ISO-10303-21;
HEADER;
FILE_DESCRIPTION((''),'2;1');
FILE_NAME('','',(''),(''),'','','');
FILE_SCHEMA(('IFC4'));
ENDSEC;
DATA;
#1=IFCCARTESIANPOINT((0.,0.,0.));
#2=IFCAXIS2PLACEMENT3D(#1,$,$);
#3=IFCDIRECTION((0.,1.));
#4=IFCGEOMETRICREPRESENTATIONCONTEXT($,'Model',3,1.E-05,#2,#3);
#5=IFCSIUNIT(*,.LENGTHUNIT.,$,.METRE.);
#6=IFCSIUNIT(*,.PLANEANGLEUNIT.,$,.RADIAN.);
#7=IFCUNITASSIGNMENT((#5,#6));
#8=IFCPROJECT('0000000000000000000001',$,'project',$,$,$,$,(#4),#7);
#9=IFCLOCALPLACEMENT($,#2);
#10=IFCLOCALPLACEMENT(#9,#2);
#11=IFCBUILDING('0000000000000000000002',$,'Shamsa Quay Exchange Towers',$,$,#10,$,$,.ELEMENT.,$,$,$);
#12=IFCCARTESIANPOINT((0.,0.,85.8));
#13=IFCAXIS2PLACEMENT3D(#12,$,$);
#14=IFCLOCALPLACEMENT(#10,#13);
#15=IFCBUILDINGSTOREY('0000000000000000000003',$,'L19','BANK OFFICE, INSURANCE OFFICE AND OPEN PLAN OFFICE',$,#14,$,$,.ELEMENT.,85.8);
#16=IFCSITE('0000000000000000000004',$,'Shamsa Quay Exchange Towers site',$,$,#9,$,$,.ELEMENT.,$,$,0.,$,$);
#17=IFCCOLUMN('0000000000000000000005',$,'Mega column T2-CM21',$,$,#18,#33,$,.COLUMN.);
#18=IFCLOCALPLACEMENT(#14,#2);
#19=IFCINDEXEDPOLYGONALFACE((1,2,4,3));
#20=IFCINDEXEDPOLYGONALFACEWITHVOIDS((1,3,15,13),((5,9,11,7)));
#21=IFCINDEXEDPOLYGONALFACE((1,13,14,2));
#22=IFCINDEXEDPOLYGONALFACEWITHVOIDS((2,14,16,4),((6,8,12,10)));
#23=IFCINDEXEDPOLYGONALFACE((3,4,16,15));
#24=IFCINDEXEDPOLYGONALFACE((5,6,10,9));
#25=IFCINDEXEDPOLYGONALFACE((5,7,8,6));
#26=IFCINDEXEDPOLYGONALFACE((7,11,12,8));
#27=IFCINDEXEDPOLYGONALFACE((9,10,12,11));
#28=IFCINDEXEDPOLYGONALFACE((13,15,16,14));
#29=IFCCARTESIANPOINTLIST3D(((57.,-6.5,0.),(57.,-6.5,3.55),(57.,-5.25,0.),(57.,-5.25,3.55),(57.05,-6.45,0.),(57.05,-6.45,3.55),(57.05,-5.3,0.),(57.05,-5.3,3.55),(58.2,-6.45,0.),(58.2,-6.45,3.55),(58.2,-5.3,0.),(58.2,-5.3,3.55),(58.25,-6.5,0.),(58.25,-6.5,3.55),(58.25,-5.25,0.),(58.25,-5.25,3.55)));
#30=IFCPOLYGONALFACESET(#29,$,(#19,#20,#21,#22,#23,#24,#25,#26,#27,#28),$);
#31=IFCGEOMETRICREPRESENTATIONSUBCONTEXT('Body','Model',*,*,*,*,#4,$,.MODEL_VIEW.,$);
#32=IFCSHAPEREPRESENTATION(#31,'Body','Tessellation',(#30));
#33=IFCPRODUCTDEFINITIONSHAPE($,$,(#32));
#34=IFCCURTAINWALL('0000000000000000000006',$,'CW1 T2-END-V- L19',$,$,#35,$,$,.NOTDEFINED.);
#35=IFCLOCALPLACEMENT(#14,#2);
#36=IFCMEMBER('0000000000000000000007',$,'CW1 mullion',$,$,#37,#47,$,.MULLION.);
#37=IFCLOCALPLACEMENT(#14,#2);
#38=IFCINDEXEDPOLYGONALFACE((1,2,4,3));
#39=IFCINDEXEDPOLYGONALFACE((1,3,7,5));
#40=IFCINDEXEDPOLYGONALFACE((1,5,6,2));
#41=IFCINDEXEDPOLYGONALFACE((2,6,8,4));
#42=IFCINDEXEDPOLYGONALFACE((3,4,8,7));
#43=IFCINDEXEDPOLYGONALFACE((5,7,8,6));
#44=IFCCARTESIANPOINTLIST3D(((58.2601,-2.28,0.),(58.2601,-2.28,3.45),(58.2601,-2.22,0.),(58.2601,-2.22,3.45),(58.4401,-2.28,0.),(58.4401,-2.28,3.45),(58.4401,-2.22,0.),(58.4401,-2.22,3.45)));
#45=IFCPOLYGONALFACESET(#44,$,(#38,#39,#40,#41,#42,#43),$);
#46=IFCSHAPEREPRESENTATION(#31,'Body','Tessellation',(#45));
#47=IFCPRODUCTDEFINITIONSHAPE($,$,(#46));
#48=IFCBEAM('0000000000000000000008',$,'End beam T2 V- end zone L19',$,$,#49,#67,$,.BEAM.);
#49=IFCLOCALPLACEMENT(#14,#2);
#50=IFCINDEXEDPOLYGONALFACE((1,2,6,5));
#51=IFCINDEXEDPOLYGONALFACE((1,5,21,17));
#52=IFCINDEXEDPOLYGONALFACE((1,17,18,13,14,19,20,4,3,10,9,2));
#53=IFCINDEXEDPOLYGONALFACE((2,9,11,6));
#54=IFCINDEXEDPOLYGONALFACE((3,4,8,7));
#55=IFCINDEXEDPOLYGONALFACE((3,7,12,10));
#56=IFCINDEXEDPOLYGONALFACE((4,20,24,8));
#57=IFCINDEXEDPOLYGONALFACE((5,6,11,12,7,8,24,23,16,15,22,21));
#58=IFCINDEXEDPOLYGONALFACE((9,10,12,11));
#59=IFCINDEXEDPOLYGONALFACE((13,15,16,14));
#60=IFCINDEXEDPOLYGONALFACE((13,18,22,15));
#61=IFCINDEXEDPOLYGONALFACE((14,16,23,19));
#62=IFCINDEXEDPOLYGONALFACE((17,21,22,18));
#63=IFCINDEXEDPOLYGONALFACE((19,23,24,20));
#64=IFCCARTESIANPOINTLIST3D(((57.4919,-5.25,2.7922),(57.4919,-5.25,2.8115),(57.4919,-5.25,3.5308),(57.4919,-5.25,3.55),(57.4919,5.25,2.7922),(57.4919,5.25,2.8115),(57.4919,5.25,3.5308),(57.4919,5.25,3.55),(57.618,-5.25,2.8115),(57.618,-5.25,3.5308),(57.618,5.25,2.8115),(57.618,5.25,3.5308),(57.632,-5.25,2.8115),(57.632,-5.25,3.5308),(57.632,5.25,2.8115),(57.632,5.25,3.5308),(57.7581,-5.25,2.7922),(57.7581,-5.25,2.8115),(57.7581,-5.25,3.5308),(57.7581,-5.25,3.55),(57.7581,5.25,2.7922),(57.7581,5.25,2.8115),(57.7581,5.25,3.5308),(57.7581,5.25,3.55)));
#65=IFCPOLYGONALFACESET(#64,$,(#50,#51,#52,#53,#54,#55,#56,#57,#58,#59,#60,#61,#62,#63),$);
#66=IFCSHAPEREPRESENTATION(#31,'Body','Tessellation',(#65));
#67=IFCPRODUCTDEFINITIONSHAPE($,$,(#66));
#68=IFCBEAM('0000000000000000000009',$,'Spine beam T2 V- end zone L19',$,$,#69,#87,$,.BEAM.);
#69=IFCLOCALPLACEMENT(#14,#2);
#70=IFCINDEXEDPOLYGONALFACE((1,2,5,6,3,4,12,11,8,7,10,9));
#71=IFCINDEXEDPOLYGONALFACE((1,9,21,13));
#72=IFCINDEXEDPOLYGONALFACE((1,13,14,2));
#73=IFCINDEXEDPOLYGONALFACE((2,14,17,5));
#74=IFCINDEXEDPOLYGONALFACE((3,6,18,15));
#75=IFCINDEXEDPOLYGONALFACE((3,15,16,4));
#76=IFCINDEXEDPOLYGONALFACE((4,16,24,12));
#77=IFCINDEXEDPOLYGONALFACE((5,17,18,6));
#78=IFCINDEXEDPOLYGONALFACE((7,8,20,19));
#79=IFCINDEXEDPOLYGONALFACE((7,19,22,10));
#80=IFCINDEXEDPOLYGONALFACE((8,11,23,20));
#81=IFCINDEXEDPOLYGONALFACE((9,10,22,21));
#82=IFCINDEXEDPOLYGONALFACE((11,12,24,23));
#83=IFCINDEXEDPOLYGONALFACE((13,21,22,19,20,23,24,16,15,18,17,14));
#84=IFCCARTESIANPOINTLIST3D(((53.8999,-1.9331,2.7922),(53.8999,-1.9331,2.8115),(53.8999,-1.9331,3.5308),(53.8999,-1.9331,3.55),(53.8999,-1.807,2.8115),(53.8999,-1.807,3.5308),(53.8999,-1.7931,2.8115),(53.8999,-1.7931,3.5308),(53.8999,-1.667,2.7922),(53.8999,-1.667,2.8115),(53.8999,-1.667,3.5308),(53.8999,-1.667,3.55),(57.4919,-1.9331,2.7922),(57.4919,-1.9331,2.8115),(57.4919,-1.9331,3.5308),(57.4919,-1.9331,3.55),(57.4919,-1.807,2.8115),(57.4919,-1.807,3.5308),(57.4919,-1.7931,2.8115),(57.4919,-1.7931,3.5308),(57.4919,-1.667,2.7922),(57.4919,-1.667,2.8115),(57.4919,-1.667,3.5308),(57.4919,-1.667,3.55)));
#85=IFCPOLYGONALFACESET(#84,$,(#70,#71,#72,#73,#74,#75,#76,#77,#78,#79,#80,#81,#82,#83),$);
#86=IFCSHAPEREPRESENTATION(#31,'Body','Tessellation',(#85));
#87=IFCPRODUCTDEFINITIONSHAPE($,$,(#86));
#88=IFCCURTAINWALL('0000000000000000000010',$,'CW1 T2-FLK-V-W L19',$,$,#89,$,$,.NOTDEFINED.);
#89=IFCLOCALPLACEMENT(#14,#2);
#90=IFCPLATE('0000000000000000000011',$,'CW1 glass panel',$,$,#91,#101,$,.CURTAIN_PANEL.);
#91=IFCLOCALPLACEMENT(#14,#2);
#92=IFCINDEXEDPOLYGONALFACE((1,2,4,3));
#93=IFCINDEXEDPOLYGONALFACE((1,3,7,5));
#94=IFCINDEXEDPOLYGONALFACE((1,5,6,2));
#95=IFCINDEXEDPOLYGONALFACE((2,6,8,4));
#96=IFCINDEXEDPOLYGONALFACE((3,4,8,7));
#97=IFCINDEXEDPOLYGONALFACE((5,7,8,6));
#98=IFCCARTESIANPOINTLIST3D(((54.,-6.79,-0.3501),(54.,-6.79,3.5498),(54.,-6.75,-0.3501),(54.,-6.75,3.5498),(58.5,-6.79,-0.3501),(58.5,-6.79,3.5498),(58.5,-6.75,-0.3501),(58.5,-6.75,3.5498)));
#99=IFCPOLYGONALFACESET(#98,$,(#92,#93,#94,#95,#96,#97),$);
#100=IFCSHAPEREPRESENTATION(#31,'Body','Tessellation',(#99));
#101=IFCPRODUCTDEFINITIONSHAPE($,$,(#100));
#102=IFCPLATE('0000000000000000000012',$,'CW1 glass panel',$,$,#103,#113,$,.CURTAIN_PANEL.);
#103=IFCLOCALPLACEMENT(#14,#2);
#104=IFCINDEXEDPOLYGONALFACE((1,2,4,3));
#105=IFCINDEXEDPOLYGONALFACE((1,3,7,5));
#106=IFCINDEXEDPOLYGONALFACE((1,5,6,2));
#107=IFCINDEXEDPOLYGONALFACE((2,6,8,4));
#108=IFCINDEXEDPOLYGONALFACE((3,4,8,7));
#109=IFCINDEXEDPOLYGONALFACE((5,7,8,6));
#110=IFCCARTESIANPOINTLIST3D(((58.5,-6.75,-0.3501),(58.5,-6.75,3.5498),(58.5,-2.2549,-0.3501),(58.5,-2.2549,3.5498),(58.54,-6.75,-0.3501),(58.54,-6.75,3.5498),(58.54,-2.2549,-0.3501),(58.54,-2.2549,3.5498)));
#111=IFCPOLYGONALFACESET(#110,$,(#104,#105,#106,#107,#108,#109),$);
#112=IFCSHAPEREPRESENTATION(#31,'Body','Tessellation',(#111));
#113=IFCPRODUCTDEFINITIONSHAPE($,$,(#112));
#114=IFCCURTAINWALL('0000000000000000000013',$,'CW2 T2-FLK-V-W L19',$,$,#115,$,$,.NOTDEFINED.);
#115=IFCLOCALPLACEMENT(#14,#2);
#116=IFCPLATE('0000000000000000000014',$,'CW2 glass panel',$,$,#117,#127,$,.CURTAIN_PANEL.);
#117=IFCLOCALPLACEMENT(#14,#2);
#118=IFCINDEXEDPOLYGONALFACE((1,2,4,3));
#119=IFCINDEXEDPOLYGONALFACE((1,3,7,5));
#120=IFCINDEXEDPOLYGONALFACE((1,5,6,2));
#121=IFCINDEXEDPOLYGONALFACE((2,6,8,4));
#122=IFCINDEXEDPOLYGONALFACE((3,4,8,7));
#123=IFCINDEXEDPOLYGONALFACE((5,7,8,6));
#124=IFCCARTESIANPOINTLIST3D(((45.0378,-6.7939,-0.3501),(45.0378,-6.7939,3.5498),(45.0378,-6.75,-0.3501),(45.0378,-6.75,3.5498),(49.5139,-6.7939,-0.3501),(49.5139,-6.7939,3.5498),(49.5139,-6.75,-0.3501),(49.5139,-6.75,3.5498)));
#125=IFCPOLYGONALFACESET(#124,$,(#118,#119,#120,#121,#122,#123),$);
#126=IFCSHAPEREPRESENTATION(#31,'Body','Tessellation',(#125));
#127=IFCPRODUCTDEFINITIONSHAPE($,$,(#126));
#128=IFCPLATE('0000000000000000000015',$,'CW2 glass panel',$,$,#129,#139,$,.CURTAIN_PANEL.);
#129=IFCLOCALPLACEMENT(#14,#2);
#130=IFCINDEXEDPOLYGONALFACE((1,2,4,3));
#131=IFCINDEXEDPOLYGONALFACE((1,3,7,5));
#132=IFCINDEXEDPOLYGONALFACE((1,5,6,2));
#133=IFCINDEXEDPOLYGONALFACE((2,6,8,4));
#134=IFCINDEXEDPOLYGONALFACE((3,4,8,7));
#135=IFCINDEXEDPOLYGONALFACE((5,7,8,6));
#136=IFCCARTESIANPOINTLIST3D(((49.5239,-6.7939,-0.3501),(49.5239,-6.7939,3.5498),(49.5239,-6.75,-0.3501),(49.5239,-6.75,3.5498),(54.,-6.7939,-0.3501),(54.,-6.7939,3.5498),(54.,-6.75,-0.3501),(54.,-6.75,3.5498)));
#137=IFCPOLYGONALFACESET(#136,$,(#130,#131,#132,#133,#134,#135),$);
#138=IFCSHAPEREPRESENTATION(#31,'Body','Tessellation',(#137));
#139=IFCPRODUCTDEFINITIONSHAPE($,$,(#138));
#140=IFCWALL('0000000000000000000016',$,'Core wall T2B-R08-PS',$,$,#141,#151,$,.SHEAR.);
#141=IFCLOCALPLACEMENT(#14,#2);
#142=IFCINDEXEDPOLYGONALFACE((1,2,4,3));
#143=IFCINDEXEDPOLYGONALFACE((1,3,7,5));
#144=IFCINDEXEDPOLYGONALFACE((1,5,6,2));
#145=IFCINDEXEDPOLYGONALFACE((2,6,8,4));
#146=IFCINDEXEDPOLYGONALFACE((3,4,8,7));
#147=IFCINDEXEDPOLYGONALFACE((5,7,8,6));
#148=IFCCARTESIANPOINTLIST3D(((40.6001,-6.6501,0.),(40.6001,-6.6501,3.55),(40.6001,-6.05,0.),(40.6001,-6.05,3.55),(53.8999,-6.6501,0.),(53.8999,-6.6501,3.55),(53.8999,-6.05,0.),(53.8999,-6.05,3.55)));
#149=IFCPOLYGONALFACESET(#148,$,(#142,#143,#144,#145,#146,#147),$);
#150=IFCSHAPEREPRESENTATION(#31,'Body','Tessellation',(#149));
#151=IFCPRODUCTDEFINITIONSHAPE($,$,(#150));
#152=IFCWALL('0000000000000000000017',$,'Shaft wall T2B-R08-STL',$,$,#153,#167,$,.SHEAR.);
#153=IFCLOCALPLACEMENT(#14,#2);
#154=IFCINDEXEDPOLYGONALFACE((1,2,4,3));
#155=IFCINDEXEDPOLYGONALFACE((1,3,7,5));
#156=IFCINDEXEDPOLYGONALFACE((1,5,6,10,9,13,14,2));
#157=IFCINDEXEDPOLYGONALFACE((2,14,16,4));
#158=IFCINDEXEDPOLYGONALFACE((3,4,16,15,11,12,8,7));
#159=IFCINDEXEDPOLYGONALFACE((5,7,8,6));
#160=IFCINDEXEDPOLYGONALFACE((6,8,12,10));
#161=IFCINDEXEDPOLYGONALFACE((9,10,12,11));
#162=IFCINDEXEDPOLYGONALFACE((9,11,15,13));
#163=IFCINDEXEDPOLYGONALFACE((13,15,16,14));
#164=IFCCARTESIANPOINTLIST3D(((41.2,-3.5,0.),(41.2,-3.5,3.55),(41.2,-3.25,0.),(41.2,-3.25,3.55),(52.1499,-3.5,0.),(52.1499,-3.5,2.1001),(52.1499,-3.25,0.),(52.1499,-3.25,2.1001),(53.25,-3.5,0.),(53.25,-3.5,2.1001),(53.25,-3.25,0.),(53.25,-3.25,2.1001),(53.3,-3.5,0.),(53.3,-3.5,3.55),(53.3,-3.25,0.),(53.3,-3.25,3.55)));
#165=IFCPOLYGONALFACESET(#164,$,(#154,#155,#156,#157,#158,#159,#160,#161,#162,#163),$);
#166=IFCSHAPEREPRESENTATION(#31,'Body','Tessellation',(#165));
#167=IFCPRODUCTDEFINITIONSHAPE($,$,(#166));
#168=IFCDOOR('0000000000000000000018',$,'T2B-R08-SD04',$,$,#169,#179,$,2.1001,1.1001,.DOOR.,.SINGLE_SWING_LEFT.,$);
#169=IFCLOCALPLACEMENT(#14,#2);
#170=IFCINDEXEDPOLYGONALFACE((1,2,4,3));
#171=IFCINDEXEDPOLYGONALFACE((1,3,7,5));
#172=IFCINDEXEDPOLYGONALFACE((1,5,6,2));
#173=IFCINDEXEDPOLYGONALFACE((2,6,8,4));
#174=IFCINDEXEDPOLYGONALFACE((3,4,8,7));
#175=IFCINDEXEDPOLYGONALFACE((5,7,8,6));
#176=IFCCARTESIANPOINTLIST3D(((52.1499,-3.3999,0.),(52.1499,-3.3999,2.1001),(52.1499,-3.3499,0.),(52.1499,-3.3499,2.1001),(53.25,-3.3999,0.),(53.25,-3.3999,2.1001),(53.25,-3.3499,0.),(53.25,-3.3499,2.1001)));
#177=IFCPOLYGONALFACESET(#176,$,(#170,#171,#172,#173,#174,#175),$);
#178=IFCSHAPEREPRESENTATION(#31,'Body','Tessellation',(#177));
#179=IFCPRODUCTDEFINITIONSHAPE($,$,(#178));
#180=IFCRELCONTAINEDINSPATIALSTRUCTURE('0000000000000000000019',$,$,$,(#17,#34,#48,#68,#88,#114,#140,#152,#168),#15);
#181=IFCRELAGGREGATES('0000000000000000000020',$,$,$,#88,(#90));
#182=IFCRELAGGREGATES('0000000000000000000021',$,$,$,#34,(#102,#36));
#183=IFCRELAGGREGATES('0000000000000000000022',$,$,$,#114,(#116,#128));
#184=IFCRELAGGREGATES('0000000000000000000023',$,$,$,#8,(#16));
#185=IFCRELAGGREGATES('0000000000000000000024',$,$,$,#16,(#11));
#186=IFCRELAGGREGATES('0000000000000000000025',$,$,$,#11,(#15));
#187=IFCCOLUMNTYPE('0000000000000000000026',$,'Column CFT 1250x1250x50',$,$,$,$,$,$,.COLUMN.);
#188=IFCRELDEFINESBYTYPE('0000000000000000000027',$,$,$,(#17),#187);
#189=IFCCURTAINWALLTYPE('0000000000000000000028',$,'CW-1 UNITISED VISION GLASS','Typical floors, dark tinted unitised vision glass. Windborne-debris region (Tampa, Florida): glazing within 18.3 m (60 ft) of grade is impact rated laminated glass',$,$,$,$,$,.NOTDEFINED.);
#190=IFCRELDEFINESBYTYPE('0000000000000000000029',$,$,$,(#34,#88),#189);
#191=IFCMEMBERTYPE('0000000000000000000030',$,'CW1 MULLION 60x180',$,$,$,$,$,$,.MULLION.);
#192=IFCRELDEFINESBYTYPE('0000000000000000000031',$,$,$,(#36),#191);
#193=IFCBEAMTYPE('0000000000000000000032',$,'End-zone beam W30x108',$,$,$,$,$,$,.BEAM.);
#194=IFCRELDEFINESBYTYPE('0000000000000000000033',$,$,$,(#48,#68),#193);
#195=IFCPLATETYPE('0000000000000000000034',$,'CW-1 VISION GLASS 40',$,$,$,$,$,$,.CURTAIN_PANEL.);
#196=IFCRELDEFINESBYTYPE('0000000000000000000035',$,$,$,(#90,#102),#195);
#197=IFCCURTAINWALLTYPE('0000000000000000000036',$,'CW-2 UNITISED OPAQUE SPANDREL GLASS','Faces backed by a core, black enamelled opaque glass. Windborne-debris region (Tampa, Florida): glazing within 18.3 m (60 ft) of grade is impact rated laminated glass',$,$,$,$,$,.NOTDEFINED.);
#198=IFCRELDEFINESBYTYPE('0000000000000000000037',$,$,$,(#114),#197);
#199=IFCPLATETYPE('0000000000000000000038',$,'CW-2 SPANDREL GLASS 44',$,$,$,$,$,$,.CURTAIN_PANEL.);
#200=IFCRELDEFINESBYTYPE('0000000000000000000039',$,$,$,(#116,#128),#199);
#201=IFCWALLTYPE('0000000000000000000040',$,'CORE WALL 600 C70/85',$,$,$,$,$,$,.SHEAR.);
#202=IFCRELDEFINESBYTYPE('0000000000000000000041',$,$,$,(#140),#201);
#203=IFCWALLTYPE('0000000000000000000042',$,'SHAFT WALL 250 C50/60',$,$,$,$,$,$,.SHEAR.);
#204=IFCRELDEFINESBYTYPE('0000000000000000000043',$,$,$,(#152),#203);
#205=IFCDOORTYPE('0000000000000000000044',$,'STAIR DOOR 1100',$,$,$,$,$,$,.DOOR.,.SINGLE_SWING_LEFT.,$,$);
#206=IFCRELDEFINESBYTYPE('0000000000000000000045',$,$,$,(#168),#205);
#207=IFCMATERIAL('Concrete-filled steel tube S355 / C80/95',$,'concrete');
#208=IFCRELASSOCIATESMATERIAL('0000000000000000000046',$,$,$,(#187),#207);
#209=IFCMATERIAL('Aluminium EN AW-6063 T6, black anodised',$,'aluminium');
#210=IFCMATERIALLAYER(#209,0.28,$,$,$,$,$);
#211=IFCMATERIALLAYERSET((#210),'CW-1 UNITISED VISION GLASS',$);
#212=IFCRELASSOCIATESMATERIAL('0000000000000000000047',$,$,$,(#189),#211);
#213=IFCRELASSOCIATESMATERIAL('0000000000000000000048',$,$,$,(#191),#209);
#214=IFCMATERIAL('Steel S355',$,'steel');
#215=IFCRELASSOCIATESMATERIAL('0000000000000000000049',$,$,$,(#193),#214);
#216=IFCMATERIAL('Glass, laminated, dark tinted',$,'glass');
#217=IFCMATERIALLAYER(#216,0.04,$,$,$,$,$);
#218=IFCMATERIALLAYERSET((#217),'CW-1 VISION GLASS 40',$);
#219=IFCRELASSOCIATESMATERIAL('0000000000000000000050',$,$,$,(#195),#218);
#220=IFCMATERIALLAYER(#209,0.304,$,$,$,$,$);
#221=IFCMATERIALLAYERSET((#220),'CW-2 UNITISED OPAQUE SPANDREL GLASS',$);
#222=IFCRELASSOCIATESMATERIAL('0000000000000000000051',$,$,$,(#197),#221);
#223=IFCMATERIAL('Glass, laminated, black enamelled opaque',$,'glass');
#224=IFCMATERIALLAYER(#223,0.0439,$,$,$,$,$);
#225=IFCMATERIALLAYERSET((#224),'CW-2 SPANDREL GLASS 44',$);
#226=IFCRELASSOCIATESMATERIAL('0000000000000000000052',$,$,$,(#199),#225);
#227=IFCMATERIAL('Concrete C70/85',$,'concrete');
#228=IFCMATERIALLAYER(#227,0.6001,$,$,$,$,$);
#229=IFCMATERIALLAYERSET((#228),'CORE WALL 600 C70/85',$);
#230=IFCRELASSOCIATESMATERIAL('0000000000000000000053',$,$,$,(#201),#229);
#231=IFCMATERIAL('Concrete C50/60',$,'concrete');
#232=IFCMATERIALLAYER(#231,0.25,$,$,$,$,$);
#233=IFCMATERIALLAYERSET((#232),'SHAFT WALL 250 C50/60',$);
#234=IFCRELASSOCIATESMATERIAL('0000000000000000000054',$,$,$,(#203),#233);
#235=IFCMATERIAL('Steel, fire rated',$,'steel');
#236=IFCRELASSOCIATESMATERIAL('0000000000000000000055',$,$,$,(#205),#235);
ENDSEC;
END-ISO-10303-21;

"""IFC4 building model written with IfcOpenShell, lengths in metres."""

from ifc_helpers import new_model, si_unit, direction, frame, frame_2d, origin, origin_2d, place, context, subcontext, project, spatial, rectangle, hollow_rectangle, i_section, extrude, material, layer, layer_set, material_profile, profile_set, type_object, element, fill, aggregate, save


model = new_model("IFC4")

# Units and contexts
model_context = context("Model", 3, precision=1e-05, world=origin(), true_north=direction((0.0, 1.0)))
body_context = subcontext(model_context, "Body", "Model", "MODEL_VIEW")
ifc_project = project(units=[si_unit("LENGTHUNIT", "METRE"), si_unit("PLANEANGLEUNIT", "RADIAN")], contexts=[model_context])

# Site, building, storey
site_placement = place(None, origin())
site = spatial("IfcSite", under=ifc_project, at=site_placement, Name="Shamsa Quay Exchange Towers site", CompositionType="ELEMENT", RefElevation=0.0)
building_placement = place(site_placement, origin())
building = spatial("IfcBuilding", under=site, at=building_placement, Name="Shamsa Quay Exchange Towers", CompositionType="ELEMENT")
storey_placement = place(building_placement, frame((0.0, 0.0, 85.8)))
storey = spatial("IfcBuildingStorey", under=building, at=storey_placement, Name="L19", Description="BANK OFFICE, INSURANCE OFFICE AND OPEN PLAN OFFICE", CompositionType="ELEMENT", Elevation=85.8)

# Column
ifc_material_1 = material(Name="Concrete-filled steel tube S355 / C80/95", Category="concrete")
ifc_material_profile_1 = material_profile(ifc_material_1, hollow_rectangle(XDim=1.25, YDim=1.25, WallThickness=0.05, at=origin_2d()), Name="CFT 1250x1250x50")
ifc_profile_set_1 = profile_set([ifc_material_profile_1], Name="Concrete-filled steel tube S355 / C80/95")
column_type = type_object("IfcColumnType", Name="Column CFT 1250x1250x50", PredefinedType="COLUMN", material=ifc_profile_set_1)
column_placement = place(storey_placement, frame((57.625, -5.875, 0.0)))
element("IfcColumn", 1, at=column_placement, inside=storey, type_object=column_type, Name="Mega column T2-CM21", PredefinedType="COLUMN", context=body_context, shape_type="SweptSolid", body=[
    extrude(hollow_rectangle(XDim=1.25, YDim=1.25, WallThickness=0.05, at=origin_2d()), origin(), (0.0, 0.0, 1.0), 3.55),
])

# Curtain wall, member
ifc_material_2 = material(Name="Aluminium EN AW-6063 T6, black anodised", Category="aluminium")
ifc_layer_1 = layer(ifc_material_2, 0.28)
ifc_layer_set_1 = layer_set([ifc_layer_1], Name="CW-1 UNITISED VISION GLASS")
curtain_wall_type_1 = type_object("IfcCurtainWallType", Name="CW-1 UNITISED VISION GLASS", Description="Typical floors, dark tinted unitised vision glass. Windborne-debris region (Tampa, Florida): glazing within 18.3 m (60 ft) of grade is impact rated laminated glass", PredefinedType="NOTDEFINED", material=ifc_layer_set_1)
curtain_wall_1_placement = place(storey_placement, origin())
curtain_wall_1 = element("IfcCurtainWall", 2, at=curtain_wall_1_placement, inside=storey, type_object=curtain_wall_type_1, Name="CW1 T2-END-V- L19", PredefinedType="NOTDEFINED")
ifc_material_profile_2 = material_profile(ifc_material_2, rectangle(XDim=0.1799, YDim=0.0601, at=origin_2d()), Name="MU60x180")
ifc_profile_set_2 = profile_set([ifc_material_profile_2], Name="Aluminium EN AW-6063 T6, black anodised")
member_type = type_object("IfcMemberType", Name="CW1 MULLION 60x180", PredefinedType="MULLION", material=ifc_profile_set_2)
member_placement = place(storey_placement, frame((58.3501, -2.25, 0.0), z_axis=(0.0, 0.0, 1.0), x_axis=(-1.0, 0.0, 0.0)))
member = element("IfcMember", 3, at=member_placement, type_object=member_type, Name="CW1 mullion", PredefinedType="MULLION", context=body_context, shape_type="SweptSolid", body=[
    extrude(rectangle(XDim=0.1799, YDim=0.0601, at=origin_2d()), origin(), (0.0, 0.0, 1.0), 3.45),
])

# Beams
ifc_material_3 = material(Name="Steel S355", Category="steel")
ifc_material_profile_3 = material_profile(ifc_material_3, i_section(OverallWidth=0.2661, OverallDepth=0.7578, WebThickness=0.0139, FlangeThickness=0.0193, at=origin_2d()), Name="W30x108")
ifc_profile_set_3 = profile_set([ifc_material_profile_3], Name="Steel S355")
beam_type = type_object("IfcBeamType", Name="End-zone beam W30x108", PredefinedType="BEAM", material=ifc_profile_set_3)
beam_1_placement = place(storey_placement, frame((57.625, -5.25, 3.1711), z_axis=(0.0, 1.0, 0.0), x_axis=(-1.0, 0.0, 0.0)))
element("IfcBeam", 4, at=beam_1_placement, inside=storey, type_object=beam_type, Name="End beam T2 V- end zone L19", PredefinedType="BEAM", context=body_context, shape_type="SweptSolid", body=[
    extrude(i_section(OverallWidth=0.2661, OverallDepth=0.7578, WebThickness=0.0139, FlangeThickness=0.0193, at=origin_2d()), origin(), (0.0, 0.0, 1.0), 10.5),
])
beam_2_placement = place(storey_placement, frame((53.8999, -1.8, 3.1711), z_axis=(1.0, 0.0, 0.0), x_axis=(0.0, 1.0, 0.0)))
element("IfcBeam", 5, at=beam_2_placement, inside=storey, type_object=beam_type, Name="Spine beam T2 V- end zone L19", PredefinedType="BEAM", context=body_context, shape_type="SweptSolid", body=[
    extrude(i_section(OverallWidth=0.2661, OverallDepth=0.7578, WebThickness=0.0139, FlangeThickness=0.0193, at=origin_2d()), origin(), (0.0, 0.0, 1.0), 3.592),
])

# Curtain wall, plate
curtain_wall_2_placement = place(storey_placement, origin())
curtain_wall_2 = element("IfcCurtainWall", 6, at=curtain_wall_2_placement, inside=storey, type_object=curtain_wall_type_1, Name="CW1 T2-FLK-V-W L19", PredefinedType="NOTDEFINED")
ifc_material_4 = material(Name="Glass, laminated, dark tinted", Category="glass")
ifc_layer_2 = layer(ifc_material_4, 0.04)
ifc_layer_set_2 = layer_set([ifc_layer_2], Name="CW-1 VISION GLASS 40")
plate_type_1 = type_object("IfcPlateType", Name="CW-1 VISION GLASS 40", PredefinedType="CURTAIN_PANEL", material=ifc_layer_set_2)
plate_1_placement = place(storey_placement, frame((56.25, -6.77, -0.3501)))
plate_1 = element("IfcPlate", 7, at=plate_1_placement, type_object=plate_type_1, Name="CW1 glass panel", PredefinedType="CURTAIN_PANEL", context=body_context, shape_type="SweptSolid", body=[
    extrude(rectangle(XDim=4.5, YDim=0.04, at=origin_2d()), origin(), (0.0, 0.0, 1.0), 3.8999),
])
aggregate(curtain_wall_2, [plate_1])

# Plate
plate_2_placement = place(storey_placement, frame((58.52, -4.5024, -0.3501), z_axis=(0.0, 0.0, 1.0), x_axis=(0.0, 1.0, 0.0)))
plate_2 = element("IfcPlate", 8, at=plate_2_placement, type_object=plate_type_1, Name="CW1 glass panel", PredefinedType="CURTAIN_PANEL", context=body_context, shape_type="SweptSolid", body=[
    extrude(rectangle(XDim=4.4951, YDim=0.04, at=origin_2d()), origin(), (0.0, 0.0, 1.0), 3.8999),
])
aggregate(curtain_wall_1, [plate_2, member])

# Curtain wall, plates
ifc_layer_3 = layer(ifc_material_2, 0.304)
ifc_layer_set_3 = layer_set([ifc_layer_3], Name="CW-2 UNITISED OPAQUE SPANDREL GLASS")
curtain_wall_type_2 = type_object("IfcCurtainWallType", Name="CW-2 UNITISED OPAQUE SPANDREL GLASS", Description="Faces backed by a core, black enamelled opaque glass. Windborne-debris region (Tampa, Florida): glazing within 18.3 m (60 ft) of grade is impact rated laminated glass", PredefinedType="NOTDEFINED", material=ifc_layer_set_3)
curtain_wall_3_placement = place(storey_placement, origin())
curtain_wall_3 = element("IfcCurtainWall", 9, at=curtain_wall_3_placement, inside=storey, type_object=curtain_wall_type_2, Name="CW2 T2-FLK-V-W L19", PredefinedType="NOTDEFINED")
ifc_material_5 = material(Name="Glass, laminated, black enamelled opaque", Category="glass")
ifc_layer_4 = layer(ifc_material_5, 0.0439)
ifc_layer_set_4 = layer_set([ifc_layer_4], Name="CW-2 SPANDREL GLASS 44")
plate_type_2 = type_object("IfcPlateType", Name="CW-2 SPANDREL GLASS 44", PredefinedType="CURTAIN_PANEL", material=ifc_layer_set_4)
plate_3_placement = place(storey_placement, frame((47.2759, -6.772, -0.3501)))
plate_3 = element("IfcPlate", 10, at=plate_3_placement, type_object=plate_type_2, Name="CW2 glass panel", PredefinedType="CURTAIN_PANEL", context=body_context, shape_type="SweptSolid", body=[
    extrude(rectangle(XDim=4.4761, YDim=0.0439, at=origin_2d()), origin(), (0.0, 0.0, 1.0), 3.8999),
])
plate_4_placement = place(storey_placement, frame((51.762, -6.772, -0.3501)))
plate_4 = element("IfcPlate", 11, at=plate_4_placement, type_object=plate_type_2, Name="CW2 glass panel", PredefinedType="CURTAIN_PANEL", context=body_context, shape_type="SweptSolid", body=[
    extrude(rectangle(XDim=4.4761, YDim=0.0439, at=origin_2d()), origin(), (0.0, 0.0, 1.0), 3.8999),
])
aggregate(curtain_wall_3, [plate_3, plate_4])

# Wall
ifc_material_6 = material(Name="Concrete C70/85", Category="concrete")
ifc_layer_5 = layer(ifc_material_6, 0.6001)
ifc_layer_set_5 = layer_set([ifc_layer_5], Name="CORE WALL 600 C70/85")
wall_type_1 = type_object("IfcWallType", Name="CORE WALL 600 C70/85", PredefinedType="SHEAR", material=ifc_layer_set_5)
wall_1_placement = place(storey_placement, frame((53.8999, -6.3501, 0.0), z_axis=(0.0, 0.0, 1.0), x_axis=(-1.0, 0.0, 0.0)))
element("IfcWall", 12, at=wall_1_placement, inside=storey, type_object=wall_type_1, Name="Core wall T2B-R08-PS", PredefinedType="SHEAR", context=body_context, shape_type="SweptSolid", body=[
    extrude(rectangle(XDim=13.2998, YDim=0.6001, at=frame_2d((6.6499, 0.0))), origin(), (0.0, 0.0, 1.0), 3.55),
])

# Wall, opening, door
ifc_material_7 = material(Name="Steel, fire rated", Category="steel")
ifc_material_8 = material(Name="Concrete C50/60", Category="concrete")
ifc_layer_6 = layer(ifc_material_8, 0.25)
ifc_layer_set_6 = layer_set([ifc_layer_6], Name="SHAFT WALL 250 C50/60")
wall_type_2 = type_object("IfcWallType", Name="SHAFT WALL 250 C50/60", PredefinedType="SHEAR", material=ifc_layer_set_6)
wall_2_placement = place(storey_placement, frame((53.3, -3.375, 0.0), z_axis=(0.0, 0.0, 1.0), x_axis=(-1.0, 0.0, 0.0)))
wall_2 = element("IfcWall", 13, at=wall_2_placement, inside=storey, type_object=wall_type_2, Name="Shaft wall T2B-R08-STL", PredefinedType="SHEAR", context=body_context, shape_type="SweptSolid", body=[
    extrude(rectangle(XDim=12.1001, YDim=0.25, at=frame_2d((6.05, 0.0))), origin(), (0.0, 0.0, 1.0), 3.55),
])
opening_1_placement = place(wall_2_placement, frame((0.05, 0.0, 0.0)))
opening_1 = element("IfcOpeningElement", 14, at=opening_1_placement, cuts=wall_2, PredefinedType="OPENING", context=body_context, shape_type="SweptSolid", body=[
    extrude(rectangle(XDim=1.1001, YDim=2.1001, at=frame_2d((0.55, 1.05))), frame((0.0, 0.135, 0.0), z_axis=(0.0, -1.0, 0.0), x_axis=(1.0, 0.0, 0.0)), (0.0, 0.0, 1.0), 0.27),
])
door_type_1 = type_object("IfcDoorType", Name="STAIR DOOR 1100", OperationType="SINGLE_SWING_LEFT", PredefinedType="DOOR", material=ifc_material_7)
door_1_placement = place(opening_1_placement, origin())
door_1 = element("IfcDoor", 15, at=door_1_placement, inside=storey, type_object=door_type_1, Name="T2B-R08-SD04", OperationType="SINGLE_SWING_LEFT", OverallHeight=2.1001, OverallWidth=1.1001, PredefinedType="DOOR", context=body_context, shape_type="SweptSolid", body=[
    extrude(rectangle(XDim=1.1001, YDim=2.1001, at=frame_2d((0.55, 1.05))), frame((0.0, 0.0249, 0.0), z_axis=(0.0, -1.0, 0.0), x_axis=(1.0, 0.0, 0.0)), (0.0, 0.0, 1.0), 0.05),
])
fill(opening_1, door_1)

save(model, "model.ifc")
